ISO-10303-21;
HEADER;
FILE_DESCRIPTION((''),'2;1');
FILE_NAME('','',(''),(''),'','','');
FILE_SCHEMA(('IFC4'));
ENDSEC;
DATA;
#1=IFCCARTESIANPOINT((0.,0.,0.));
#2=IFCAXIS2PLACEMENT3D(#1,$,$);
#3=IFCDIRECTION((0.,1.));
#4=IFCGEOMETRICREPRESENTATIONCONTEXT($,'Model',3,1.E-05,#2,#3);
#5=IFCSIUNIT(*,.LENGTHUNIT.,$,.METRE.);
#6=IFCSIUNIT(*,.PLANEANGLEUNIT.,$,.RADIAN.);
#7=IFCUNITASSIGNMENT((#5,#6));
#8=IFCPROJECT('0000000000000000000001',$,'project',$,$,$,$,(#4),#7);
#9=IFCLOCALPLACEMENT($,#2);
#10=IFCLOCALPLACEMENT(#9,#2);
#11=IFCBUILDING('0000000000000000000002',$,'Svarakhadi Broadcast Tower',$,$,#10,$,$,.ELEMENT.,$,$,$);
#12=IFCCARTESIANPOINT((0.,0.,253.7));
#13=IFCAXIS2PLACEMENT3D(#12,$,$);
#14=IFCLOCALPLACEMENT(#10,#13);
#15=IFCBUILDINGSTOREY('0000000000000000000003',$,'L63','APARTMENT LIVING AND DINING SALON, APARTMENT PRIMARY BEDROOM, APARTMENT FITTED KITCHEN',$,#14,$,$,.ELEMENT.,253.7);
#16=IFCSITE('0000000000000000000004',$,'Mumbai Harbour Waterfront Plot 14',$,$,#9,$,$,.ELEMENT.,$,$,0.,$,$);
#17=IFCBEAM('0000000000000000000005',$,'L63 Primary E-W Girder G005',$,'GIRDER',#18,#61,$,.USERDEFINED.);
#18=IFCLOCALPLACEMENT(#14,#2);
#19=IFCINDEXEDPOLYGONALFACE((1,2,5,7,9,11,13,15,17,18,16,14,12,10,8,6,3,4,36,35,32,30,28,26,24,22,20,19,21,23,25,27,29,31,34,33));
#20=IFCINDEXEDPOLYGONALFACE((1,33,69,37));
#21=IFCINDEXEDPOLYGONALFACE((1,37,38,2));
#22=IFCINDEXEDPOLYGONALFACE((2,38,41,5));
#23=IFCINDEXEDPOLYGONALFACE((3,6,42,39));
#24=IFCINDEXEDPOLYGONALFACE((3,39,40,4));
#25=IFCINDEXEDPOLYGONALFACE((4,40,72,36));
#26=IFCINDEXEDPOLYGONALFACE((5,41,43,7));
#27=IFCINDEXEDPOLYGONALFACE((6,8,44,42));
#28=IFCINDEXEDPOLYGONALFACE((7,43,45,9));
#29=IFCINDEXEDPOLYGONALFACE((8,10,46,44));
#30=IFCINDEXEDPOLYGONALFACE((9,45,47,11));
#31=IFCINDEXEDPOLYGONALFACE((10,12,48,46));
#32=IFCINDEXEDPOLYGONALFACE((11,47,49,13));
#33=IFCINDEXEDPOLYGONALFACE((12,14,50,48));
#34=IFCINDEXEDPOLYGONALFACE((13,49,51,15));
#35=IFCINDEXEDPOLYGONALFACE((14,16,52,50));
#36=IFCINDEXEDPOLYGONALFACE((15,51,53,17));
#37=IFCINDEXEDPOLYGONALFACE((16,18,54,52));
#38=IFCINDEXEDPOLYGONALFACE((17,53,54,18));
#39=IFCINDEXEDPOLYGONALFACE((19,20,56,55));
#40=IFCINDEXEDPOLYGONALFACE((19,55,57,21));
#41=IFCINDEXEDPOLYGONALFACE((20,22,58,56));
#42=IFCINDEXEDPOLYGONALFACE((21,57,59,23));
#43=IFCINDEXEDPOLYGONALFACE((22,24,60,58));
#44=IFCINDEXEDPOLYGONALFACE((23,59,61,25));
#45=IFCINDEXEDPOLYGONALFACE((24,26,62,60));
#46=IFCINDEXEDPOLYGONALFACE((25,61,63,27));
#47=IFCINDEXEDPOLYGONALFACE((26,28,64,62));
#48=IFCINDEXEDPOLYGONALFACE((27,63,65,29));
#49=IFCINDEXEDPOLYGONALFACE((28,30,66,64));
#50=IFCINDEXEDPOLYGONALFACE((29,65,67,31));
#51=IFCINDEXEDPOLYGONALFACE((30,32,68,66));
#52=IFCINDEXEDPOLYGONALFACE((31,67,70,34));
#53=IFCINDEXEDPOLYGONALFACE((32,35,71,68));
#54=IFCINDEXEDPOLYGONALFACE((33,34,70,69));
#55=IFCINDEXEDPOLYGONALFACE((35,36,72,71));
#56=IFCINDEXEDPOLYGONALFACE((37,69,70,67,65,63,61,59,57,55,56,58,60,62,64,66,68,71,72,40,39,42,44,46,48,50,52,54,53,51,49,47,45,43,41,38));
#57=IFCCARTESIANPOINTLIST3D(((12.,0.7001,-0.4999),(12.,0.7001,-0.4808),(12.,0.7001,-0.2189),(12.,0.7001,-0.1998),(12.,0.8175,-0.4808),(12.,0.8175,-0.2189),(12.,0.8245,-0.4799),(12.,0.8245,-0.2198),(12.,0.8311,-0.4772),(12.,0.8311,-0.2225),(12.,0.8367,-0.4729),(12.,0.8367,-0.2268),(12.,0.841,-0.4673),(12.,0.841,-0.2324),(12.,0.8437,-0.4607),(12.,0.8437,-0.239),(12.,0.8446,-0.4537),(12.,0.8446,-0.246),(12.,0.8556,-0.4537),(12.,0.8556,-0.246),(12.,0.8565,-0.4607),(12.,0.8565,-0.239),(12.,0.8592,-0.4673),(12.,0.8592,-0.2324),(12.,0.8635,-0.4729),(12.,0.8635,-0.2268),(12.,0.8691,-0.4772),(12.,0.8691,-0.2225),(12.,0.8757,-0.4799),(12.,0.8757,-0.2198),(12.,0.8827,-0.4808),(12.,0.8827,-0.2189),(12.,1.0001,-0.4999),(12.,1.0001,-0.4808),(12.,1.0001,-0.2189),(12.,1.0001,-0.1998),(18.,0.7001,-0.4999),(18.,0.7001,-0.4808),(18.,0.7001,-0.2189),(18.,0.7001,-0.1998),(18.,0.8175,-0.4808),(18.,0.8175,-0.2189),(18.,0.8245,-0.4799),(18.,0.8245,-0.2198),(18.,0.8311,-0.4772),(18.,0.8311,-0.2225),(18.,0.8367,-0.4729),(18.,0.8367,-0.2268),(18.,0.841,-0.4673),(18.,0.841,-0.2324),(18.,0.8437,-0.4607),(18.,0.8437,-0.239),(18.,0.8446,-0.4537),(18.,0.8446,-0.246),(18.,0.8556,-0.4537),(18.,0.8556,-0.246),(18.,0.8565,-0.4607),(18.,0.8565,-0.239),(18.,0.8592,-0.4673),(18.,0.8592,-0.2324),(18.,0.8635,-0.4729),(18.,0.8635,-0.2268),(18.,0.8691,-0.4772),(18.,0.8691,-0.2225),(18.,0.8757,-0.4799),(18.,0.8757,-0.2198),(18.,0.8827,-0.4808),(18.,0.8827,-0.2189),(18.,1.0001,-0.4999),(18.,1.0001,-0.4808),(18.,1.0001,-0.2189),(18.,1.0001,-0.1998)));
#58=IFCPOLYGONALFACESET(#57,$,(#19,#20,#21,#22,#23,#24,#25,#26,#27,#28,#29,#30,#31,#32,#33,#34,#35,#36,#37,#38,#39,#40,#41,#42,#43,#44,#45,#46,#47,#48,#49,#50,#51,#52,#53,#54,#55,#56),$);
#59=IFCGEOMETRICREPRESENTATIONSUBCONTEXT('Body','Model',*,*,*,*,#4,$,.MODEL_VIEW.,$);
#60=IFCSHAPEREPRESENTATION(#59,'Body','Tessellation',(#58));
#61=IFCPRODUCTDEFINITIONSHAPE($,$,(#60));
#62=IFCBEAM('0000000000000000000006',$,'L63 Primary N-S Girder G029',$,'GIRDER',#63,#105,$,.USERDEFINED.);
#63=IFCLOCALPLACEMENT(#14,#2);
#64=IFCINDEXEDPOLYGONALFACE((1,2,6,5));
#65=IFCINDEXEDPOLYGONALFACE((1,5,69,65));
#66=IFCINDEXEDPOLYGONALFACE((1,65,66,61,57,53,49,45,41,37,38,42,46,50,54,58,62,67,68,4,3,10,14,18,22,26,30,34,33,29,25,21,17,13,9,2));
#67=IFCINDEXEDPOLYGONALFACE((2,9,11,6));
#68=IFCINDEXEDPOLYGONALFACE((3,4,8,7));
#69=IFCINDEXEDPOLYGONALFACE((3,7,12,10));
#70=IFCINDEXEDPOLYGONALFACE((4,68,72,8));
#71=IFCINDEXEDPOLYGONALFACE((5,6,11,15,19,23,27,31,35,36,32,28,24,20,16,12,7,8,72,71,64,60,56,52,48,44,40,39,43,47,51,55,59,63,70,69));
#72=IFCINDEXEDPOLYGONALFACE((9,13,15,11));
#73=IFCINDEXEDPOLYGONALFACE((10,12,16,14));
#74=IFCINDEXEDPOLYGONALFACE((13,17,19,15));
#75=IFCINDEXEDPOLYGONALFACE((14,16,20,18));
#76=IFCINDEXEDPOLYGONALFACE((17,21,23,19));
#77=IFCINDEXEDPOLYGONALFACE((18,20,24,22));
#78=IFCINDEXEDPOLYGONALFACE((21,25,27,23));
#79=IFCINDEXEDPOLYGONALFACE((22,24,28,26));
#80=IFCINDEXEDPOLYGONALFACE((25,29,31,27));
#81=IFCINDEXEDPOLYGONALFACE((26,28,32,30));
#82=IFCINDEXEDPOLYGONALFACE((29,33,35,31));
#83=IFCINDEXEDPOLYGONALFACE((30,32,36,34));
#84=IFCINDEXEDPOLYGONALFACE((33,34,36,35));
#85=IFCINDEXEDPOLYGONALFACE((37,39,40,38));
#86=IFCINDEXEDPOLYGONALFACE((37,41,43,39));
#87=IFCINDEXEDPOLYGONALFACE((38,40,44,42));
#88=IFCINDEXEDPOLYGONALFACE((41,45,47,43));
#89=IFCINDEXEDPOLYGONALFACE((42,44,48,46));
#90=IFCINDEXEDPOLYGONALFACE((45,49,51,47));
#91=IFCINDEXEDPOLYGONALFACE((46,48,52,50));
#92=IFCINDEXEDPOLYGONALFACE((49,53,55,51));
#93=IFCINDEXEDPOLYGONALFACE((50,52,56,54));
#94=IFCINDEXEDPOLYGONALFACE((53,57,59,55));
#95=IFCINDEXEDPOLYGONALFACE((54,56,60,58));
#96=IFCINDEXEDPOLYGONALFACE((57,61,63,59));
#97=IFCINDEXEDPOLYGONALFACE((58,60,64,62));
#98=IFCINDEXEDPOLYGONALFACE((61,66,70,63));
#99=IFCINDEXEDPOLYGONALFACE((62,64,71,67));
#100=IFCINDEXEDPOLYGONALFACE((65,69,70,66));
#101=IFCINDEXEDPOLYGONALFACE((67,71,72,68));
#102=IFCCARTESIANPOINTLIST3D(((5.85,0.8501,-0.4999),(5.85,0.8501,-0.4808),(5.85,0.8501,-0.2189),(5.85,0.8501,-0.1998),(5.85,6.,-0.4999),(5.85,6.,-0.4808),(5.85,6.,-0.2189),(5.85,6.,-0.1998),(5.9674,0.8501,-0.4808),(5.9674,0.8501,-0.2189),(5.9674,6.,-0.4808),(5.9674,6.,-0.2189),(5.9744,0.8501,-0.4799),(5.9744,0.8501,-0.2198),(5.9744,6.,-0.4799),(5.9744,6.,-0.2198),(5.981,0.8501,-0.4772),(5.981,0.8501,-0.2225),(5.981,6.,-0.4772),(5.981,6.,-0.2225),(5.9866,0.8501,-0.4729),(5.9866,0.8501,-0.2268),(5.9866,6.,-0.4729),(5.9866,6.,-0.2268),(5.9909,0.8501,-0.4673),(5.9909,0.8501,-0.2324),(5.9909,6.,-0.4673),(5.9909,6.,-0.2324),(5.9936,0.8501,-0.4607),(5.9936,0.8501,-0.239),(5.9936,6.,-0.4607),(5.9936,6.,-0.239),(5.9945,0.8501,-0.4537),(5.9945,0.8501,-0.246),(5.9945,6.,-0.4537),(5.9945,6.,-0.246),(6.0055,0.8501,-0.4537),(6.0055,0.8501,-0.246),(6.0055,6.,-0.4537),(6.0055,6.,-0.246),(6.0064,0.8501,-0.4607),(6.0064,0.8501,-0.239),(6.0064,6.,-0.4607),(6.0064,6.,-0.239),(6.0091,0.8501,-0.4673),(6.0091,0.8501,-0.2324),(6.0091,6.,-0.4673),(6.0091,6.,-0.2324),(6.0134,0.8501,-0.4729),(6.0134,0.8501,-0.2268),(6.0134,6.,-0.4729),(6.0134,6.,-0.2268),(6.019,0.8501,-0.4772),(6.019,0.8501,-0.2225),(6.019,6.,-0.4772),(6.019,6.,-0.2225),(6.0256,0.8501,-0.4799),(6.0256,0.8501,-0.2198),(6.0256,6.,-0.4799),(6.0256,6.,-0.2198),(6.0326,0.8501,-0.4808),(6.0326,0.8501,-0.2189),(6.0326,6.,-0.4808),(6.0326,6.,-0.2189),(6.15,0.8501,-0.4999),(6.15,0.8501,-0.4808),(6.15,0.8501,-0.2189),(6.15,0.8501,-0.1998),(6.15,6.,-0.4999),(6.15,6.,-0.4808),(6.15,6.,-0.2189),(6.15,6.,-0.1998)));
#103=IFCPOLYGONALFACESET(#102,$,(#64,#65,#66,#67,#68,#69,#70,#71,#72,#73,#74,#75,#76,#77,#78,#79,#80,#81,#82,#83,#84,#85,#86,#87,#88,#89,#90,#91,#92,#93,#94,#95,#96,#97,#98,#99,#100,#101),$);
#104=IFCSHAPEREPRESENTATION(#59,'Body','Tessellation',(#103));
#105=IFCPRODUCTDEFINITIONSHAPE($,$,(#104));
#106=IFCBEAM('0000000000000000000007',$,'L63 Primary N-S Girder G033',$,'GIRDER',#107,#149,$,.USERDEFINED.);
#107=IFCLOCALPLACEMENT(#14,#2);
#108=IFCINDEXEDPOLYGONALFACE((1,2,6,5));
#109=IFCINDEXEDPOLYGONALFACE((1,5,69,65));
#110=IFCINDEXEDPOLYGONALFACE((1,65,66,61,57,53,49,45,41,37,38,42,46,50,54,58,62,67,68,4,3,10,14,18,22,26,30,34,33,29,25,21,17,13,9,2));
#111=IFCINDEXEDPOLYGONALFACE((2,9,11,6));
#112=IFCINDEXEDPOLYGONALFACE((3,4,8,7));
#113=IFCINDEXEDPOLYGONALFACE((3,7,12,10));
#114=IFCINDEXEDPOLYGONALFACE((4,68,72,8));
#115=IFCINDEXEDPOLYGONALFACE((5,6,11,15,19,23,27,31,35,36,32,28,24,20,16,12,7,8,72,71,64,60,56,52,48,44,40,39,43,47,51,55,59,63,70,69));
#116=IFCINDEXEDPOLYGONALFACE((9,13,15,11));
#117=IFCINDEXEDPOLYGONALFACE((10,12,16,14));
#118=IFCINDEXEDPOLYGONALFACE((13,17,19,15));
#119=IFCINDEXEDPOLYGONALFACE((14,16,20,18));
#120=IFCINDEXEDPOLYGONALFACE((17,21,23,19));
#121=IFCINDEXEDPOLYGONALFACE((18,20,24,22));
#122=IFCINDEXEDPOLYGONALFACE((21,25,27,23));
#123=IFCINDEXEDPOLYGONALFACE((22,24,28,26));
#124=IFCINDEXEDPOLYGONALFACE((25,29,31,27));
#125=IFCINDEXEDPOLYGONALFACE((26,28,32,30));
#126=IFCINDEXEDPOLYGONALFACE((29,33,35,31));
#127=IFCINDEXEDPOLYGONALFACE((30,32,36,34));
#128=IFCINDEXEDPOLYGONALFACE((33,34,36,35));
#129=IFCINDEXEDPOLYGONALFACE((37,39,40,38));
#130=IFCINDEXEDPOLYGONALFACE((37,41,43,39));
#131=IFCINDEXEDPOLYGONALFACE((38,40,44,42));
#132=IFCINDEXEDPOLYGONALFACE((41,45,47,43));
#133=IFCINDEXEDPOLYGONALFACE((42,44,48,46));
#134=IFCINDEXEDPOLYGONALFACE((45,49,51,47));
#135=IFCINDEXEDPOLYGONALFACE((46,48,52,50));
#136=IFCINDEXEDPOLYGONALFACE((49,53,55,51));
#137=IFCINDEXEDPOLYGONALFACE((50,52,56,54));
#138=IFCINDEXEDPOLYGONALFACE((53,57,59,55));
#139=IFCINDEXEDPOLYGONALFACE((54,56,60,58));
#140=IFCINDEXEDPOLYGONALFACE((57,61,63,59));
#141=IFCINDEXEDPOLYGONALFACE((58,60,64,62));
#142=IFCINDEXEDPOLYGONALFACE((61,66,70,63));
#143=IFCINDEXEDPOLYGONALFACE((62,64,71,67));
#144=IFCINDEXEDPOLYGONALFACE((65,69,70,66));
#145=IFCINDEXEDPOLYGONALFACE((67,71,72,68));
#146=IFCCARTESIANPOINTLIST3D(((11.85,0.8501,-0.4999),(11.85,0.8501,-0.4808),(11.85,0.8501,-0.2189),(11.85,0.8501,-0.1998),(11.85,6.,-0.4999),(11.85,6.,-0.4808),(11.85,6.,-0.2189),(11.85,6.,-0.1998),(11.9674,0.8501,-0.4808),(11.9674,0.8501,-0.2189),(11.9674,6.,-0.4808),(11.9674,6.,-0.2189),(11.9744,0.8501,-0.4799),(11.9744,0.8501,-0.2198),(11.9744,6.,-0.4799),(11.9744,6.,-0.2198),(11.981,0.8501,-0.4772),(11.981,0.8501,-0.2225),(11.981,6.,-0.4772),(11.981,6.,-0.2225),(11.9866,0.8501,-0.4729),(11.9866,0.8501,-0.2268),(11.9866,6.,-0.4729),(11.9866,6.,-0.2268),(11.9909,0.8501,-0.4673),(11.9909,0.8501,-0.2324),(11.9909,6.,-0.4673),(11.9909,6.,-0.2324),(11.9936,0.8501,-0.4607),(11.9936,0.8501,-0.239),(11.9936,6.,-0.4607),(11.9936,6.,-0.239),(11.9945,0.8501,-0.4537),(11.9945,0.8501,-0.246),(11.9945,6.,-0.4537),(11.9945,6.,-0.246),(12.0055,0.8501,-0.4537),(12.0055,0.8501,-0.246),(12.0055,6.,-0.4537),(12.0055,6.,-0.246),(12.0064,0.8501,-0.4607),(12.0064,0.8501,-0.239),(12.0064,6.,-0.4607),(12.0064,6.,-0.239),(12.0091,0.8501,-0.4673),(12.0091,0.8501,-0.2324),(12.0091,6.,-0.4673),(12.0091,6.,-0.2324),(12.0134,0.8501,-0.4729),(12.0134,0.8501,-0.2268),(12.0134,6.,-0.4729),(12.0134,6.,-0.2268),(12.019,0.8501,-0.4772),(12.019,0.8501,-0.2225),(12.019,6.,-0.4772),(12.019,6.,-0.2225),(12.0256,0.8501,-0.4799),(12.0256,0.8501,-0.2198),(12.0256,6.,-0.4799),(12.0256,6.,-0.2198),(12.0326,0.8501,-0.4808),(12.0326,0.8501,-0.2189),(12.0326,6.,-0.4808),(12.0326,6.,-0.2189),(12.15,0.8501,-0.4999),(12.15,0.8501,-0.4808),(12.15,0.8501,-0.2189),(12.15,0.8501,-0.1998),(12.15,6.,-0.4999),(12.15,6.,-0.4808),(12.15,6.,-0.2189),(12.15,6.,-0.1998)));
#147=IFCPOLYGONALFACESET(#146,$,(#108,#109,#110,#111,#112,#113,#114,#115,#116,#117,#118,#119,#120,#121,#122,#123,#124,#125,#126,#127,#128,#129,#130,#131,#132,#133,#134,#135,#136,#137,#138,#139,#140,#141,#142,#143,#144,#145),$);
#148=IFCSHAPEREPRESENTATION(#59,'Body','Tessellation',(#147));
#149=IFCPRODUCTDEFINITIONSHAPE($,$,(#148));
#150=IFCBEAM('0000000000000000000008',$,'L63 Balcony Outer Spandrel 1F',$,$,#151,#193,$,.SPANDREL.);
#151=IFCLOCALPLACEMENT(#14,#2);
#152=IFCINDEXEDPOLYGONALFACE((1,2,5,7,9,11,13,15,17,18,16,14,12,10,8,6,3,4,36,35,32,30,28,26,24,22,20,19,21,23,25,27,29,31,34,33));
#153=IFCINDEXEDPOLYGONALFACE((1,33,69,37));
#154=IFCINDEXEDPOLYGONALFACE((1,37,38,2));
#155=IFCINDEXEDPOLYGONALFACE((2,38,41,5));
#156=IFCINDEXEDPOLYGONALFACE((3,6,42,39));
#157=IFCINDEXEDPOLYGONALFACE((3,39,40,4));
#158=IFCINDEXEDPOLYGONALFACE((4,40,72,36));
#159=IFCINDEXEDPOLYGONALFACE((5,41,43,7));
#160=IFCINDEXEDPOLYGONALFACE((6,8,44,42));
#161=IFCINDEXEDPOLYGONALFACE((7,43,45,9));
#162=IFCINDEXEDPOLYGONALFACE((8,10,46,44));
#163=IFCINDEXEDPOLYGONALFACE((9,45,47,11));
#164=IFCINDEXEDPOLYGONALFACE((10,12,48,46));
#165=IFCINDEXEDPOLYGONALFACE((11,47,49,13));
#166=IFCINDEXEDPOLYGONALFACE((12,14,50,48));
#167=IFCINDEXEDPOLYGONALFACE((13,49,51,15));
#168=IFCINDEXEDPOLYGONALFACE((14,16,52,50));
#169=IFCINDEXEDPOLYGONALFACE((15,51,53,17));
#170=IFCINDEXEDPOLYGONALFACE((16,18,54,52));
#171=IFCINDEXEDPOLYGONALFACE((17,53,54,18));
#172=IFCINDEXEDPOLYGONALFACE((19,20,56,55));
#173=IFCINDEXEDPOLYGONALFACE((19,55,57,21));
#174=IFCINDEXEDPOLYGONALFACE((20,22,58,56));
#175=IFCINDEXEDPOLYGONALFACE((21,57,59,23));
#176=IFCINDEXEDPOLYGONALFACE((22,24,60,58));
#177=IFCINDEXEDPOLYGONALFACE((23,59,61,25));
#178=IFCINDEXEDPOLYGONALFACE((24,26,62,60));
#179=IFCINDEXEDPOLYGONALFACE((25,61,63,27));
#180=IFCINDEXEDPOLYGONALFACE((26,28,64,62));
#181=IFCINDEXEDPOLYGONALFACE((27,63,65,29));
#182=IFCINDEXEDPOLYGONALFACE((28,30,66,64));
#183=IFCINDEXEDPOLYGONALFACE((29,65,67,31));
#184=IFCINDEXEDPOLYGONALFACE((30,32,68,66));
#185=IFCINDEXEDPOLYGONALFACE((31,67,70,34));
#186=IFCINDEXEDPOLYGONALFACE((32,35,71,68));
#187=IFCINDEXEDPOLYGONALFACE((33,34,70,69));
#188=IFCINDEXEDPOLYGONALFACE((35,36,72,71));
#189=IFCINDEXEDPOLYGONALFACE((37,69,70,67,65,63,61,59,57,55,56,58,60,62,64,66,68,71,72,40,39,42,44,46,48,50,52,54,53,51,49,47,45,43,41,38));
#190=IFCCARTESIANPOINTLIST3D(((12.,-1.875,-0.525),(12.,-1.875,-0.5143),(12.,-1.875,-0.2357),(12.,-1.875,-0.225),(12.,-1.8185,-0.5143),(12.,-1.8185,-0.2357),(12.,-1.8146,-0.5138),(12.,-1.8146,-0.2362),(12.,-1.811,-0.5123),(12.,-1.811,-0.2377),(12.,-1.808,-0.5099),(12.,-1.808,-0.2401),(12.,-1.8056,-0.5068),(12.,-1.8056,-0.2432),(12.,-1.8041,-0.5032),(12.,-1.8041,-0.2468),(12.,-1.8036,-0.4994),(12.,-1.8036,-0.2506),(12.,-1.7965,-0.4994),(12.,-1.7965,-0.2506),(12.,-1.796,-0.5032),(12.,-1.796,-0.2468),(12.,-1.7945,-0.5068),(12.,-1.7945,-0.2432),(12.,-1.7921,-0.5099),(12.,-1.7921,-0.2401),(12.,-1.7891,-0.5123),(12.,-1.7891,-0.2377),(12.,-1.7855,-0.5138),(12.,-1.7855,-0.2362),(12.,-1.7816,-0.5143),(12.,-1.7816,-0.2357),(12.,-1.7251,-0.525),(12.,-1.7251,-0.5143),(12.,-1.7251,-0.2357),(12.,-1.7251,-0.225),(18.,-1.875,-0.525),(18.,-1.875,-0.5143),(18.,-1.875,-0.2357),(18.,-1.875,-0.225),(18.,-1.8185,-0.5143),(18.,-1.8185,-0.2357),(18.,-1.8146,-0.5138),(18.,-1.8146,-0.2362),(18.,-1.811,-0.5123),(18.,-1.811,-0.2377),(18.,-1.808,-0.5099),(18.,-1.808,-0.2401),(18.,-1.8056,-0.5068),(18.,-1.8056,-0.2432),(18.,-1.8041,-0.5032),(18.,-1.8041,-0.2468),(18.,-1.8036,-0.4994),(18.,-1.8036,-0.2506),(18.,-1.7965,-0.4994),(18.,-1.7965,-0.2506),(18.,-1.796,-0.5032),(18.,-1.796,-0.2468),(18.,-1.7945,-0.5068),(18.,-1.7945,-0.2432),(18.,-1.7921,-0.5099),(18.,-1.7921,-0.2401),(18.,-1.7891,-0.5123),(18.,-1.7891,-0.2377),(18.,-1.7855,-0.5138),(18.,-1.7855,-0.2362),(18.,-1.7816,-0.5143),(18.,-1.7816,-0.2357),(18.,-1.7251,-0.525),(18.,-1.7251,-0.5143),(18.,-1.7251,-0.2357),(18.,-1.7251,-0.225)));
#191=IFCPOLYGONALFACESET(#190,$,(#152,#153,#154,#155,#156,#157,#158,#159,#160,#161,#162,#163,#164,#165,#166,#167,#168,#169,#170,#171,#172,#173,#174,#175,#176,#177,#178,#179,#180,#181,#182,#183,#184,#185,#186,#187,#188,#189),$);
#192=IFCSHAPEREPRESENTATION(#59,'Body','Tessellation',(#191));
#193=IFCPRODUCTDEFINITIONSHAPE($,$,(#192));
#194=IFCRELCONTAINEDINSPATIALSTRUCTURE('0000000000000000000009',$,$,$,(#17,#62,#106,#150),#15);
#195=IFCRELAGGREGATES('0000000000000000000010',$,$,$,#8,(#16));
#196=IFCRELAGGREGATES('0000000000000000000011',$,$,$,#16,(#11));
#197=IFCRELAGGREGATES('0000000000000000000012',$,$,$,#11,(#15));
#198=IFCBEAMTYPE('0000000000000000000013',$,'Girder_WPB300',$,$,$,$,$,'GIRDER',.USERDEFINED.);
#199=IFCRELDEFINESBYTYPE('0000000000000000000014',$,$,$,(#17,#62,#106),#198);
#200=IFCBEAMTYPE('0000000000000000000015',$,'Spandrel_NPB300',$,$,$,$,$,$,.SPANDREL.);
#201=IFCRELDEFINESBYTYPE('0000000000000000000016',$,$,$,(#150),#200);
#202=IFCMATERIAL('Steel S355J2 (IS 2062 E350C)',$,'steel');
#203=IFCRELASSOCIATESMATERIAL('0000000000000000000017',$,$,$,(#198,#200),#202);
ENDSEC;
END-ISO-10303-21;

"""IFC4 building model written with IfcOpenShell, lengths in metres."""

from ifc_helpers import new_model, si_unit, direction, frame, origin, origin_2d, place, context, subcontext, project, spatial, i_section, extrude, material, material_profile, profile_set, type_object, element, save


model = new_model("IFC4")

# Units and contexts
model_context = context("Model", 3, precision=1e-05, world=origin(), true_north=direction((0.0, 1.0)))
body_context = subcontext(model_context, "Body", "Model", "MODEL_VIEW")
ifc_project = project(units=[si_unit("LENGTHUNIT", "METRE"), si_unit("PLANEANGLEUNIT", "RADIAN")], contexts=[model_context])

# Site, building, storey
site_placement = place(None, origin())
site = spatial("IfcSite", under=ifc_project, at=site_placement, Name="Mumbai Harbour Waterfront Plot 14", CompositionType="ELEMENT", RefElevation=0.0)
building_placement = place(site_placement, origin())
building = spatial("IfcBuilding", under=site, at=building_placement, Name="Svarakhadi Broadcast Tower", CompositionType="ELEMENT")
storey_placement = place(building_placement, frame((0.0, 0.0, 253.7)))
storey = spatial("IfcBuildingStorey", under=building, at=storey_placement, Name="L63", Description="APARTMENT LIVING AND DINING SALON, APARTMENT PRIMARY BEDROOM, APARTMENT FITTED KITCHEN", CompositionType="ELEMENT", Elevation=253.7)

# Beams
ifc_material_1 = material(Name="Steel S355J2 (IS 2062 E350C)", Category="steel")
ifc_material_profile_1 = material_profile(ifc_material_1, i_section(OverallWidth=0.3, OverallDepth=0.3, WebThickness=0.011, FlangeThickness=0.019, FilletRadius=0.0271, at=origin_2d()), Name="WPB 300x300x117")
ifc_profile_set_1 = profile_set([ifc_material_profile_1], Name="Steel S355J2 (IS 2062 E350C)")
beam_type_1 = type_object("IfcBeamType", Name="Girder_WPB300", ElementType="GIRDER", PredefinedType="USERDEFINED", material=ifc_profile_set_1)
for number, where, z_axis, x_axis, name in (
    (1, (12.0, 0.8501, -0.3499), (1.0, 0.0, 0.0), (0.0, 1.0, 0.0), "L63 Primary E-W Girder G005"),
):
    element("IfcBeam", number, at=place(storey_placement, frame(where, z_axis=z_axis, x_axis=x_axis)), inside=storey, type_object=beam_type_1, Name=name, ObjectType="GIRDER", PredefinedType="USERDEFINED", context=body_context, shape_type="SweptSolid", body=[
        extrude(i_section(OverallWidth=0.3, OverallDepth=0.3, WebThickness=0.011, FlangeThickness=0.019, FilletRadius=0.0271, at=origin_2d()), origin(), (0.0, 0.0, 1.0), 6.0),
    ])
for number, where, z_axis, x_axis, name in (
    (2, (6.0, 0.8501, -0.3499), (0.0, 1.0, 0.0), (-1.0, 0.0, 0.0), "L63 Primary N-S Girder G029"),
    (3, (12.0, 0.8501, -0.3499), (0.0, 1.0, 0.0), (-1.0, 0.0, 0.0), "L63 Primary N-S Girder G033"),
):
    element("IfcBeam", number, at=place(storey_placement, frame(where, z_axis=z_axis, x_axis=x_axis)), inside=storey, type_object=beam_type_1, Name=name, ObjectType="GIRDER", PredefinedType="USERDEFINED", context=body_context, shape_type="SweptSolid", body=[
        extrude(i_section(OverallWidth=0.3, OverallDepth=0.3, WebThickness=0.011, FlangeThickness=0.019, FilletRadius=0.0271, at=origin_2d()), origin(), (0.0, 0.0, 1.0), 5.1499),
    ])
ifc_material_profile_2 = material_profile(ifc_material_1, i_section(OverallWidth=0.1499, OverallDepth=0.3, WebThickness=0.0071, FlangeThickness=0.0107, FilletRadius=0.0149, at=origin_2d()), Name="NPB 300x150x37")
ifc_profile_set_2 = profile_set([ifc_material_profile_2], Name="Steel S355J2 (IS 2062 E350C)")
beam_type_2 = type_object("IfcBeamType", Name="Spandrel_NPB300", PredefinedType="SPANDREL", material=ifc_profile_set_2)
beam_placement = place(storey_placement, frame((12.0, -1.8, -0.375), z_axis=(1.0, 0.0, 0.0), x_axis=(0.0, 1.0, 0.0)))
element("IfcBeam", 4, at=beam_placement, inside=storey, type_object=beam_type_2, Name="L63 Balcony Outer Spandrel 1F", PredefinedType="SPANDREL", context=body_context, shape_type="SweptSolid", body=[
    extrude(i_section(OverallWidth=0.1499, OverallDepth=0.3, WebThickness=0.0071, FlangeThickness=0.0107, FilletRadius=0.0149, at=origin_2d()), origin(), (0.0, 0.0, 1.0), 6.0),
])

save(model, "model.ifc")
